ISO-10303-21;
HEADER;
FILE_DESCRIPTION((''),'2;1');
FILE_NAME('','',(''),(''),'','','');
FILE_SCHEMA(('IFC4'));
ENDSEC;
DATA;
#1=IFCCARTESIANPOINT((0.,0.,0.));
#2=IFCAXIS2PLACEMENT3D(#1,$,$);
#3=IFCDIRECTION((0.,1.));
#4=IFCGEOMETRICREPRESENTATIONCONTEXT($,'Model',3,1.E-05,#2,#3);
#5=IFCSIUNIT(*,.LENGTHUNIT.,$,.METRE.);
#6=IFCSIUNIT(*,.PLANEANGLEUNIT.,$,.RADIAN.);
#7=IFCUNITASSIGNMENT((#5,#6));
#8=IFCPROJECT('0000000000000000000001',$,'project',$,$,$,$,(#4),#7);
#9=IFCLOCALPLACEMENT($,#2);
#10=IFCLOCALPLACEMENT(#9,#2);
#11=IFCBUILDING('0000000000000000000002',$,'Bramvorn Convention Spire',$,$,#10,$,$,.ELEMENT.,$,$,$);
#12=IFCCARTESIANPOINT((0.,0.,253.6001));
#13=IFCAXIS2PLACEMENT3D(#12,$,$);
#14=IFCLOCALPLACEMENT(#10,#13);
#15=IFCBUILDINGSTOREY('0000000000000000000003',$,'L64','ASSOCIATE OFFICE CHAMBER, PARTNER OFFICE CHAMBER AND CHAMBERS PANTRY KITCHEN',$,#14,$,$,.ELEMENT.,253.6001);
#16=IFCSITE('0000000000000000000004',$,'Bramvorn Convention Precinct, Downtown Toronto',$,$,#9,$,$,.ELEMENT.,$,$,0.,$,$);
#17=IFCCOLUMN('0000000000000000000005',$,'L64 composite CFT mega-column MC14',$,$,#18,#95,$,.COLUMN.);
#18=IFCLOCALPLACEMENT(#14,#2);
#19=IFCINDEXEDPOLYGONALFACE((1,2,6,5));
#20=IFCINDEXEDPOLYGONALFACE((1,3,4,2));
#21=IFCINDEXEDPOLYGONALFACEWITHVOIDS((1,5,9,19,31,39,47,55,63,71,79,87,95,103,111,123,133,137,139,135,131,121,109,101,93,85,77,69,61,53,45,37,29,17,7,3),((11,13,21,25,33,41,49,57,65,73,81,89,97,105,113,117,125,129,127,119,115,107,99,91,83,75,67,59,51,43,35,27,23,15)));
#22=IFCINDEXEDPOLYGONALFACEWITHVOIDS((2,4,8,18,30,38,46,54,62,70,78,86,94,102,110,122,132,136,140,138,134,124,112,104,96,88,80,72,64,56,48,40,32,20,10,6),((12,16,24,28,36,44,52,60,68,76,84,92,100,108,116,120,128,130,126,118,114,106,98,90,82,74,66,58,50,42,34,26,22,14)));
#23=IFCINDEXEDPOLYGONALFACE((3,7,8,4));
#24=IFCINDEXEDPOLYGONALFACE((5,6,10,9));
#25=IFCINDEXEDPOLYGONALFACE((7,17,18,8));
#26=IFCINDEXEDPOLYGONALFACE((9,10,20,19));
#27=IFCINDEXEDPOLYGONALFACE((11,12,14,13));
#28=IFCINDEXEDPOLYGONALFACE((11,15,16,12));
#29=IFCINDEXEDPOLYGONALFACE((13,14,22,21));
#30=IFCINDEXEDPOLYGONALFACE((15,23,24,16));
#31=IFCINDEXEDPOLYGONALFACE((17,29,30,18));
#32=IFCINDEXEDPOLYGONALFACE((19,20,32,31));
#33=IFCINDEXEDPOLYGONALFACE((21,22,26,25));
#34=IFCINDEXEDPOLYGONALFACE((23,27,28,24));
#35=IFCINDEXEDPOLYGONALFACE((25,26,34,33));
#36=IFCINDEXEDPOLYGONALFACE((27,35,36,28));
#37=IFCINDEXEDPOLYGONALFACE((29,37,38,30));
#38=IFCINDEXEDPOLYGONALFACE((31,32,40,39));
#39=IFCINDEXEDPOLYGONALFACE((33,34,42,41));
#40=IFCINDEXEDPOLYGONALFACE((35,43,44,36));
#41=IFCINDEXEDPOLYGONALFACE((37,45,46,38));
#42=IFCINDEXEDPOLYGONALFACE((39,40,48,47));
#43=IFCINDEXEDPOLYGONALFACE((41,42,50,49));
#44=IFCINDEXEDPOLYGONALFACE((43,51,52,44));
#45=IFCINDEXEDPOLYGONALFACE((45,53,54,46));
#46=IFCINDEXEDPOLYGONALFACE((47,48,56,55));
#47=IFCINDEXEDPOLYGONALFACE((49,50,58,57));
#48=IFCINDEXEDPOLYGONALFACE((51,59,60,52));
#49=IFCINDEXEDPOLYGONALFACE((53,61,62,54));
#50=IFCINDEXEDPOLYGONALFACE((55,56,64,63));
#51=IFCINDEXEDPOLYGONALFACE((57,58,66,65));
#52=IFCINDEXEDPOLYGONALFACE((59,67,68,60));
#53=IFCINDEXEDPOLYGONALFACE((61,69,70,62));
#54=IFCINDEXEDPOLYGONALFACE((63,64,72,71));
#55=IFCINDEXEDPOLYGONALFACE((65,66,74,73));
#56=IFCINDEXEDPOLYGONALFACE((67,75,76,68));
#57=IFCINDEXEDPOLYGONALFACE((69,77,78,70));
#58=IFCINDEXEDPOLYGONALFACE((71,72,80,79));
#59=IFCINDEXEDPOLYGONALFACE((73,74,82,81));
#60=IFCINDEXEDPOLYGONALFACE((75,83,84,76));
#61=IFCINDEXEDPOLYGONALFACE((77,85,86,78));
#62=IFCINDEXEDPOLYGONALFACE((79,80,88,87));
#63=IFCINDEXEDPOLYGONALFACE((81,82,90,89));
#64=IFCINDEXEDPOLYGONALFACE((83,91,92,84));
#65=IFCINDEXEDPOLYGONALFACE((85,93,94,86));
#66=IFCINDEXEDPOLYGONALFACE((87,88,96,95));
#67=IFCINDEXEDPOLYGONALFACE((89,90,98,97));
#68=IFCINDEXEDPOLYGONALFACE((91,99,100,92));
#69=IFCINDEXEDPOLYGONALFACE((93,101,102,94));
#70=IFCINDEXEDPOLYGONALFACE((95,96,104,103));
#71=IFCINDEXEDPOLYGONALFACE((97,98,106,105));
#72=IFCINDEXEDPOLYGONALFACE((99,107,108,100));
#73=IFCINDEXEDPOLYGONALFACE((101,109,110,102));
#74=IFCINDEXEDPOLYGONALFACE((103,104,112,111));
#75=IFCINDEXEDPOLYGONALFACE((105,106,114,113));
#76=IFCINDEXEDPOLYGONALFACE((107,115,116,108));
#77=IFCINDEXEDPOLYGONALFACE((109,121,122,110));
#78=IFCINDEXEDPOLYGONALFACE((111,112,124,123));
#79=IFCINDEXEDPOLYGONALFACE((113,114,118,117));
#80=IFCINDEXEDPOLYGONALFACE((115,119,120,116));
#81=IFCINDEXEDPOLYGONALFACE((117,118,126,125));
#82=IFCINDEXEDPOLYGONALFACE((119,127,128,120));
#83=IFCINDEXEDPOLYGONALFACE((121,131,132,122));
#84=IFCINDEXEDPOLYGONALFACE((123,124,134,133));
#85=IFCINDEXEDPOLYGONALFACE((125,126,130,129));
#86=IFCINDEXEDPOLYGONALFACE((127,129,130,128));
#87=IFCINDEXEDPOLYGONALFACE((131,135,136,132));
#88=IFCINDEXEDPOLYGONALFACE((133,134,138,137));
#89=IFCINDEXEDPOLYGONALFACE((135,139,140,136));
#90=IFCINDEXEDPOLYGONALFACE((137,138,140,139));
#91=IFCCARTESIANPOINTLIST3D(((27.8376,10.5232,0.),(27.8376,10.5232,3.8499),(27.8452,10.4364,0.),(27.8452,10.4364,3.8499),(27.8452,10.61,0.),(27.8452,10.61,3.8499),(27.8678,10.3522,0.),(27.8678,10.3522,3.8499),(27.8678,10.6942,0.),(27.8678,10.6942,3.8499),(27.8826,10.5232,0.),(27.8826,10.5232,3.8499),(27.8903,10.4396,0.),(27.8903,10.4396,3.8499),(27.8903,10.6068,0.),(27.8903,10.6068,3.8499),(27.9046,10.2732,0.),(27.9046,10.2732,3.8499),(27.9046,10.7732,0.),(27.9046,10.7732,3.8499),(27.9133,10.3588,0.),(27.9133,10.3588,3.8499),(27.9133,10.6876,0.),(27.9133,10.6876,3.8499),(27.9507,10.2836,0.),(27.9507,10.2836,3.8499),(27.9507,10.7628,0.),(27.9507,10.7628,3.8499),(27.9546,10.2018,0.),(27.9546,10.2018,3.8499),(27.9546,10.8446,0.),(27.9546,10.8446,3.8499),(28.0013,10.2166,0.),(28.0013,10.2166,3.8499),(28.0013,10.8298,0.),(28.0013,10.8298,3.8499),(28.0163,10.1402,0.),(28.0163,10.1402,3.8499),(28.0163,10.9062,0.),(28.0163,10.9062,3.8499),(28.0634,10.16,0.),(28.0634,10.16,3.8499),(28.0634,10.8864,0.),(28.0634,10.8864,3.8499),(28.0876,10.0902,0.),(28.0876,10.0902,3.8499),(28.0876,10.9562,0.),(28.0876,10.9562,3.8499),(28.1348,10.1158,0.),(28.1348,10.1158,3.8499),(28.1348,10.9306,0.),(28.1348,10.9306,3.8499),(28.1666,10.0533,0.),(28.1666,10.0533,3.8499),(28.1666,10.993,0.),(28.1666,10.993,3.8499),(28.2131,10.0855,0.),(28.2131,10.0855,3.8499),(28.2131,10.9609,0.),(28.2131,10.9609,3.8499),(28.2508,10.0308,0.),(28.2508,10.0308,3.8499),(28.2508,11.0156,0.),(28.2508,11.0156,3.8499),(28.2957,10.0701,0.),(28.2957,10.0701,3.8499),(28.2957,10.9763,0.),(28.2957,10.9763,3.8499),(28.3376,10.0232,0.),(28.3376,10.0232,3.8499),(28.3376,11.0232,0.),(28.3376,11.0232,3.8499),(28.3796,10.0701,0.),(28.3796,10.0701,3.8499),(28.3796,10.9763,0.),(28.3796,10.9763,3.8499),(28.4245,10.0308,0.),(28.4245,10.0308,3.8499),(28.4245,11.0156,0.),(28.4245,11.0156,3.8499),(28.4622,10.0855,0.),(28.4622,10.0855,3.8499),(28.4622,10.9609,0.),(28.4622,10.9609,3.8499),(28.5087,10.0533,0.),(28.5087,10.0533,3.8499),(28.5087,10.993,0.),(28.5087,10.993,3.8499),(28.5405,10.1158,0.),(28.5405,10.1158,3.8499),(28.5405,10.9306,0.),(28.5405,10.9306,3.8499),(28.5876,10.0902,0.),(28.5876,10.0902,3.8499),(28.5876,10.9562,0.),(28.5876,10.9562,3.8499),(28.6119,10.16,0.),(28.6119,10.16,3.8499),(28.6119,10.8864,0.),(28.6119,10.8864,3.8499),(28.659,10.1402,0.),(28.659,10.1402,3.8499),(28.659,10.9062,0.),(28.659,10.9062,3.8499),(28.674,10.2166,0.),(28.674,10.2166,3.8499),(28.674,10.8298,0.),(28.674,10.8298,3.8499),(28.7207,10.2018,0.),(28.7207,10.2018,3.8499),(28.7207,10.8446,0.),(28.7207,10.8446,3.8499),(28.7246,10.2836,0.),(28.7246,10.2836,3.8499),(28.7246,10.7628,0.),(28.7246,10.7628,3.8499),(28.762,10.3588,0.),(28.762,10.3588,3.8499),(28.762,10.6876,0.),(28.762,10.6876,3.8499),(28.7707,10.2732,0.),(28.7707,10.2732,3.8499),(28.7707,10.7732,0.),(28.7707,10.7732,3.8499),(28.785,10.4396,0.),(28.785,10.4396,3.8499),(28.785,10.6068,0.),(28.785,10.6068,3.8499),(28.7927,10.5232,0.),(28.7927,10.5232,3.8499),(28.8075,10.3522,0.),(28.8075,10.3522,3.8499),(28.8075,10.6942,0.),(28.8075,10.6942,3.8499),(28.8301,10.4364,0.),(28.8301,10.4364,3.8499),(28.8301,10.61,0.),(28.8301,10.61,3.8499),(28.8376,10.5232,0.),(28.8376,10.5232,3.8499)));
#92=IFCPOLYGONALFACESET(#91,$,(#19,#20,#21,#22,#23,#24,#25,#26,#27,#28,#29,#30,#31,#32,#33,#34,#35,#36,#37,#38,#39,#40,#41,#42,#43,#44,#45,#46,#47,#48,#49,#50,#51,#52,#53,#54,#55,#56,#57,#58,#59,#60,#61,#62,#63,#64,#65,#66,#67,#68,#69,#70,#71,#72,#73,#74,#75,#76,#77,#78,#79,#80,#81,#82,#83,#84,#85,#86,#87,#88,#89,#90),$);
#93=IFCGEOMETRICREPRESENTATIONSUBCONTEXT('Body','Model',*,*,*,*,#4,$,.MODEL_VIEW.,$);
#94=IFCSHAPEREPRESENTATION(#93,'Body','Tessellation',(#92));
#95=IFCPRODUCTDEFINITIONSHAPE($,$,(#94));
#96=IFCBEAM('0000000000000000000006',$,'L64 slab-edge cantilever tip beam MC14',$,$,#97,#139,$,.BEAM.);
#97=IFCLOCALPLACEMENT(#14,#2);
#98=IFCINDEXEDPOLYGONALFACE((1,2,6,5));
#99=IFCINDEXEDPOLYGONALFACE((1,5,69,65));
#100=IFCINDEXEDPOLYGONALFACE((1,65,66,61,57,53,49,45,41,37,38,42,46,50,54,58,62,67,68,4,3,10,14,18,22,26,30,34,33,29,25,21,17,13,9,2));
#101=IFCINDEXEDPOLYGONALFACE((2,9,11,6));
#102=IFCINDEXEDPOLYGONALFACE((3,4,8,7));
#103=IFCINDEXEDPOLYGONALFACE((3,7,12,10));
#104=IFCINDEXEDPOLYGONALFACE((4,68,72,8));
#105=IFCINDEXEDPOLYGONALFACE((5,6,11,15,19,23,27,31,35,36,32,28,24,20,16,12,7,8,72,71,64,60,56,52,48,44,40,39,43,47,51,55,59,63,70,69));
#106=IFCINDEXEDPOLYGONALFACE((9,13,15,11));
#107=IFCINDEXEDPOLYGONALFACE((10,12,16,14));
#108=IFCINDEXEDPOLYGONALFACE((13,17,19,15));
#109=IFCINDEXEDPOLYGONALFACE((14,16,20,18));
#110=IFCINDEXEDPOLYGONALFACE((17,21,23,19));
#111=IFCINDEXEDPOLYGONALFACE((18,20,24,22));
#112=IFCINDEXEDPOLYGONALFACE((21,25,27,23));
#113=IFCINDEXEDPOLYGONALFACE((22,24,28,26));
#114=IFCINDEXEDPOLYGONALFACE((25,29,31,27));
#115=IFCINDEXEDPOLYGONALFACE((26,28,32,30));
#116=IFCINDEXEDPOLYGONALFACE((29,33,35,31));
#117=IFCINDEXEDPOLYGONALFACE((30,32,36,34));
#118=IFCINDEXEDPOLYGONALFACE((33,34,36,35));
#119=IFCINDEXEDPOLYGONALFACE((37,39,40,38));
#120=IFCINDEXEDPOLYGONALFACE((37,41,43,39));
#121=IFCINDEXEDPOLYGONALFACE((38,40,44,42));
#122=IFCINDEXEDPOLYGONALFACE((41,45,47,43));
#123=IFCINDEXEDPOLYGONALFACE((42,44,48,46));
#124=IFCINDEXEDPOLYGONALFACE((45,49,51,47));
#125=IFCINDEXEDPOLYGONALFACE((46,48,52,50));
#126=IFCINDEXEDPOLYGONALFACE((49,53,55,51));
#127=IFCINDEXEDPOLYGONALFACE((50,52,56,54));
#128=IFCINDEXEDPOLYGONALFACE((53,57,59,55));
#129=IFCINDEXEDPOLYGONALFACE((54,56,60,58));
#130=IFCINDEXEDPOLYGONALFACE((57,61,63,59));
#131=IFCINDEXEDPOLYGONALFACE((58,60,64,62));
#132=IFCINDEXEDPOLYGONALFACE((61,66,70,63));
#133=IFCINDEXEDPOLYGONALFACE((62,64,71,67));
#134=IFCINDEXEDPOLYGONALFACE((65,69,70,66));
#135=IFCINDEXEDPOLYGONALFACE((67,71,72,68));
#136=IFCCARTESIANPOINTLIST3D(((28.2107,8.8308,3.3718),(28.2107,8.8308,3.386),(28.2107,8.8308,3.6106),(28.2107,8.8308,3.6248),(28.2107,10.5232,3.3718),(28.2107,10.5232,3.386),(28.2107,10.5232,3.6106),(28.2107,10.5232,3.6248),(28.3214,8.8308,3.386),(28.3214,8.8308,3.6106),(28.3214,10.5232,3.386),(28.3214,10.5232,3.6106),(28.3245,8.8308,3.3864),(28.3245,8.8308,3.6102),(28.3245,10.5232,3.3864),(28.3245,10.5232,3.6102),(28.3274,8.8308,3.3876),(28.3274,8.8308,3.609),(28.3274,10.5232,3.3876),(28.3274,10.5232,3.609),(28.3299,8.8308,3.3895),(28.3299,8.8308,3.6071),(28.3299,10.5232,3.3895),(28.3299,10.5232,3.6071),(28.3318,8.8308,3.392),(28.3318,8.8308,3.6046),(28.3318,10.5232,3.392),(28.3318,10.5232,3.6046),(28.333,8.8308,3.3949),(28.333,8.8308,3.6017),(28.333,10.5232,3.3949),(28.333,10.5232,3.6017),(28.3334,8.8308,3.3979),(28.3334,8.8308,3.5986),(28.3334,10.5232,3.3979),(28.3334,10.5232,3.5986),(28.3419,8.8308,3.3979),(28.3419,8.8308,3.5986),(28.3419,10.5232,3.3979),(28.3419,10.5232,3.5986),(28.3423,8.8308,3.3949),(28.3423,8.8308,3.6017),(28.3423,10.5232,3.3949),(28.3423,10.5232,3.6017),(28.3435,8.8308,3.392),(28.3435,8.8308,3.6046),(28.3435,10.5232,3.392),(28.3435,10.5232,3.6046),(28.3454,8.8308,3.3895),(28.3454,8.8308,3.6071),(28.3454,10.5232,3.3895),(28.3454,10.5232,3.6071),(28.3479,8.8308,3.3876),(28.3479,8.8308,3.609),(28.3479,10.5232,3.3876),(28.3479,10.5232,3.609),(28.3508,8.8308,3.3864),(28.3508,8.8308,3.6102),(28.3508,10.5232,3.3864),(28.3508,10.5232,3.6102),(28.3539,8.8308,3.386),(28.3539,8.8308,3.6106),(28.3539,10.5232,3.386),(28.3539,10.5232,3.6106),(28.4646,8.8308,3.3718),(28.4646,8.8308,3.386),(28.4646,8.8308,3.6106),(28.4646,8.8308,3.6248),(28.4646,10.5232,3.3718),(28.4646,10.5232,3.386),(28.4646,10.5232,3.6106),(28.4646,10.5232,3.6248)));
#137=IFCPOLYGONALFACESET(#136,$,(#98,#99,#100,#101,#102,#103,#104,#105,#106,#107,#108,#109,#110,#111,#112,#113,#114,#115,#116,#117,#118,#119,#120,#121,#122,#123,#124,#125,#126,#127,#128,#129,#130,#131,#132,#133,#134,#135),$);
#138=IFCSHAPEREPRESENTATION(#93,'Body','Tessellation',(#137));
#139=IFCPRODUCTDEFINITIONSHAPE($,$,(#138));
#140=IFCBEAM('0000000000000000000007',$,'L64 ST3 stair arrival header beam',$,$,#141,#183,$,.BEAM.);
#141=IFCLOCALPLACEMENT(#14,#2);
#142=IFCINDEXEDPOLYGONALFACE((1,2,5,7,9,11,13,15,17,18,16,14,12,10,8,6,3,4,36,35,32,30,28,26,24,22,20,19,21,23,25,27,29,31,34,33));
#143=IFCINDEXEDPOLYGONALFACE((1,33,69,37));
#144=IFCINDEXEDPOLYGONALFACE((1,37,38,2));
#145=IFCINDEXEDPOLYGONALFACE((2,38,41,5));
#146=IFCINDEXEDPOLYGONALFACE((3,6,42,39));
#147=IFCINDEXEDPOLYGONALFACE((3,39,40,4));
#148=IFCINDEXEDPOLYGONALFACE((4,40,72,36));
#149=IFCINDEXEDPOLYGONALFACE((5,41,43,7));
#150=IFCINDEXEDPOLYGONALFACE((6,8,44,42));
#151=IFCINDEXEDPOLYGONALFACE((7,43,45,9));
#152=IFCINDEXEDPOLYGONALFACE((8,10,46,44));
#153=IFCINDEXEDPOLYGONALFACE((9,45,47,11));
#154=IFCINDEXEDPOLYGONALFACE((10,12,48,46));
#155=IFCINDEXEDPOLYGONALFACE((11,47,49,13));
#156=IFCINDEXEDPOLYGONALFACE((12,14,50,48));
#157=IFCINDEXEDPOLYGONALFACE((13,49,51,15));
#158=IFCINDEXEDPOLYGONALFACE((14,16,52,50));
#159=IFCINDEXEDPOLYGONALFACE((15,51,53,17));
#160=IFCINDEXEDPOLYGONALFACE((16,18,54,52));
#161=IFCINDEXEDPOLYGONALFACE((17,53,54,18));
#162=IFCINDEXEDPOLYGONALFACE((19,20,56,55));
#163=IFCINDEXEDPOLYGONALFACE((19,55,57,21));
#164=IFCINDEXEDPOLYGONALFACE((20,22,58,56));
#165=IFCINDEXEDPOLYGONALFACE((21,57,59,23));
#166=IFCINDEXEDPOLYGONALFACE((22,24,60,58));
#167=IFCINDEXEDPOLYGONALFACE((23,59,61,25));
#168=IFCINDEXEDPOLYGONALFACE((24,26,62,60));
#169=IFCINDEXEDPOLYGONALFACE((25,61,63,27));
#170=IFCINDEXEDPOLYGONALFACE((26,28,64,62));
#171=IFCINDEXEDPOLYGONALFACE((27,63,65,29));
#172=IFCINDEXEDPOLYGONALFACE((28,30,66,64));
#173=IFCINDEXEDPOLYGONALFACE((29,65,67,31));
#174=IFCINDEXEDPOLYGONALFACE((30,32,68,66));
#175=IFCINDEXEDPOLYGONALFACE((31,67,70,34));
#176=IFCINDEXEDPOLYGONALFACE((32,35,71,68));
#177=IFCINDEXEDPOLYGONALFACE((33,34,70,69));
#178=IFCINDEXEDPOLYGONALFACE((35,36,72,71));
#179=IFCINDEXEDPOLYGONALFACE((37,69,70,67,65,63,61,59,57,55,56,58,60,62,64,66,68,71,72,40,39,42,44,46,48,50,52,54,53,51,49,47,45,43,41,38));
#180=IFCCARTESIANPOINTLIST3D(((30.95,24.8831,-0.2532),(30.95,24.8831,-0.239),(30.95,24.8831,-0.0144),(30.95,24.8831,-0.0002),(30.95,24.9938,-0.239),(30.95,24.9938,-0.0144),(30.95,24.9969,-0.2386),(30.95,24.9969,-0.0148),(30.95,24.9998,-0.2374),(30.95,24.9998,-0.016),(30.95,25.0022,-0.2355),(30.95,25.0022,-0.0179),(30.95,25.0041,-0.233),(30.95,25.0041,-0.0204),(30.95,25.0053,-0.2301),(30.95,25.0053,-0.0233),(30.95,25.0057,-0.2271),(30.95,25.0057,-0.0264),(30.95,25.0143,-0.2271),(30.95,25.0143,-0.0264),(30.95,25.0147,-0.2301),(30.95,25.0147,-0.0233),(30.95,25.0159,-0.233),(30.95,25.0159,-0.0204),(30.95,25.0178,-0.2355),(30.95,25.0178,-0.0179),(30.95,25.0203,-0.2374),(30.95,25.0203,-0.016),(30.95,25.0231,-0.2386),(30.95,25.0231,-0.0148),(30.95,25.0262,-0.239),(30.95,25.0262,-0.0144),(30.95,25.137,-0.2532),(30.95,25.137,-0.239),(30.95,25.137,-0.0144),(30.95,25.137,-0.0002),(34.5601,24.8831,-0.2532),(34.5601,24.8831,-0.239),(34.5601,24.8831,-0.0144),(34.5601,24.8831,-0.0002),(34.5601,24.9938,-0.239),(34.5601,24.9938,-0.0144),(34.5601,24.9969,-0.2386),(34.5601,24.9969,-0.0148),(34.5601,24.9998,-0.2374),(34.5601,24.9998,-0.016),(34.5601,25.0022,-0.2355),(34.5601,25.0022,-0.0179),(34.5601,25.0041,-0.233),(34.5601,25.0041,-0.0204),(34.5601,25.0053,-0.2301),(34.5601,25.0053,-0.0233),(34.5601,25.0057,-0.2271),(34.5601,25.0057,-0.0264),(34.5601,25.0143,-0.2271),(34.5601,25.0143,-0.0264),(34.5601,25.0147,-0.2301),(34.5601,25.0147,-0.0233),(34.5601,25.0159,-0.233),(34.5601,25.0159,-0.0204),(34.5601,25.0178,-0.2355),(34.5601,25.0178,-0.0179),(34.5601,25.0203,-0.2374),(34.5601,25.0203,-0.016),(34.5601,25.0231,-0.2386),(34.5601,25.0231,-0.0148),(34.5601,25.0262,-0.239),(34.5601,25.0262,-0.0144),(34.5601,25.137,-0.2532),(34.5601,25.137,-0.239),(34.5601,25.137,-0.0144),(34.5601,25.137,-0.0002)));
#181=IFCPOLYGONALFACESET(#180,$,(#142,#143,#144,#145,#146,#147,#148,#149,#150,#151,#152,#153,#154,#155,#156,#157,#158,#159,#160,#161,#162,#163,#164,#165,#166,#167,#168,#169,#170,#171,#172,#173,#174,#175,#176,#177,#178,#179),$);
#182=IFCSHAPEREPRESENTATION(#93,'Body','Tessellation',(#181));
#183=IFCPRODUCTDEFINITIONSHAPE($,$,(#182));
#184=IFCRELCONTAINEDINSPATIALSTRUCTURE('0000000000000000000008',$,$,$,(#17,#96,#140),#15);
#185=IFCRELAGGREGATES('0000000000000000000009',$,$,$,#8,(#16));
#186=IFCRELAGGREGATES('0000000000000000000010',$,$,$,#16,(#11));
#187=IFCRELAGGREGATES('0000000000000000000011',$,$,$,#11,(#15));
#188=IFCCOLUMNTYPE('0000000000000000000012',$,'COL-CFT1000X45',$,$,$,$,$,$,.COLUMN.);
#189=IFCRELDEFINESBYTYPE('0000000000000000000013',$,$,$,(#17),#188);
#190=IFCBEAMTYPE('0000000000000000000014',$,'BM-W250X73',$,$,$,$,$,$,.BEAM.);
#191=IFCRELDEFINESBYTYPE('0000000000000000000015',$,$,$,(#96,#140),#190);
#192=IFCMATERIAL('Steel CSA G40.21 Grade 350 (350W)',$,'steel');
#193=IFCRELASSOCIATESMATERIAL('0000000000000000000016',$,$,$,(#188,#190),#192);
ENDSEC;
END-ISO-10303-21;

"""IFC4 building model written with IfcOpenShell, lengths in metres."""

from ifc_helpers import new_model, si_unit, direction, frame, origin, origin_2d, place, context, subcontext, project, spatial, hollow_circle, i_section, extrude, material, material_profile, profile_set, type_object, element, save


model = new_model("IFC4")

# Units and contexts
model_context = context("Model", 3, precision=1e-05, world=origin(), true_north=direction((0.0, 1.0)))
body_context = subcontext(model_context, "Body", "Model", "MODEL_VIEW")
ifc_project = project(units=[si_unit("LENGTHUNIT", "METRE"), si_unit("PLANEANGLEUNIT", "RADIAN")], contexts=[model_context])

# Site, building, storey
site_placement = place(None, origin())
site = spatial("IfcSite", under=ifc_project, at=site_placement, Name="Bramvorn Convention Precinct, Downtown Toronto", CompositionType="ELEMENT", RefElevation=0.0)
building_placement = place(site_placement, origin())
building = spatial("IfcBuilding", under=site, at=building_placement, Name="Bramvorn Convention Spire", CompositionType="ELEMENT")
storey_placement = place(building_placement, frame((0.0, 0.0, 253.6001)))
storey = spatial("IfcBuildingStorey", under=building, at=storey_placement, Name="L64", Description="ASSOCIATE OFFICE CHAMBER, PARTNER OFFICE CHAMBER AND CHAMBERS PANTRY KITCHEN", CompositionType="ELEMENT", Elevation=253.6001)

# Column
ifc_material_1 = material(Name="Steel CSA G40.21 Grade 350 (350W)", Category="steel")
ifc_material_profile_1 = material_profile(ifc_material_1, hollow_circle(Radius=0.5, WallThickness=0.0449, at=origin_2d()))
ifc_profile_set_1 = profile_set([ifc_material_profile_1], Name="Steel CSA G40.21 Grade 350 (350W) - CFT1000X45")
column_type = type_object("IfcColumnType", Name="COL-CFT1000X45", PredefinedType="COLUMN", material=ifc_profile_set_1)
column_placement = place(storey_placement, frame((28.3376, 10.5232, 0.0), z_axis=(0.0, 0.0, 1.0), x_axis=(1.0, 0.0, 0.0)))
element("IfcColumn", 1, at=column_placement, inside=storey, type_object=column_type, Name="L64 composite CFT mega-column MC14", PredefinedType="COLUMN", context=body_context, shape_type="SweptSolid", body=[
    extrude(hollow_circle(Radius=0.5, WallThickness=0.0449, at=origin_2d()), origin(), (0.0, 0.0, 1.0), 3.8499),
])

# Beams
ifc_material_profile_2 = material_profile(ifc_material_1, i_section(OverallWidth=0.2539, OverallDepth=0.2529, WebThickness=0.0085, FlangeThickness=0.0142, FilletRadius=0.012, at=origin_2d()))
ifc_profile_set_2 = profile_set([ifc_material_profile_2], Name="Steel CSA G40.21 Grade 350 (350W) - W250X73")
beam_type_1 = type_object("IfcBeamType", Name="BM-W250X73", PredefinedType="BEAM", material=ifc_profile_set_2)
beam_1_placement = place(storey_placement, frame((28.3376, 10.5232, 3.4983), z_axis=(0.0, -1.0, 0.0), x_axis=(1.0, 0.0, 0.0)))
element("IfcBeam", 2, at=beam_1_placement, inside=storey, type_object=beam_type_1, Name="L64 slab-edge cantilever tip beam MC14", PredefinedType="BEAM", context=body_context, shape_type="SweptSolid", body=[
    extrude(i_section(OverallWidth=0.2539, OverallDepth=0.2529, WebThickness=0.0085, FlangeThickness=0.0142, FilletRadius=0.012, at=origin_2d()), origin(), (0.0, 0.0, 1.0), 1.6924),
])
beam_2_placement = place(storey_placement, frame((30.95, 25.01, -0.1267), z_axis=(1.0, 0.0, 0.0), x_axis=(0.0, 1.0, 0.0)))
element("IfcBeam", 3, at=beam_2_placement, inside=storey, type_object=beam_type_1, Name="L64 ST3 stair arrival header beam", PredefinedType="BEAM", context=body_context, shape_type="SweptSolid", body=[
    extrude(i_section(OverallWidth=0.2539, OverallDepth=0.2529, WebThickness=0.0085, FlangeThickness=0.0142, FilletRadius=0.012, at=origin_2d()), origin(), (0.0, 0.0, 1.0), 3.6101),
])

save(model, "model.ifc")
